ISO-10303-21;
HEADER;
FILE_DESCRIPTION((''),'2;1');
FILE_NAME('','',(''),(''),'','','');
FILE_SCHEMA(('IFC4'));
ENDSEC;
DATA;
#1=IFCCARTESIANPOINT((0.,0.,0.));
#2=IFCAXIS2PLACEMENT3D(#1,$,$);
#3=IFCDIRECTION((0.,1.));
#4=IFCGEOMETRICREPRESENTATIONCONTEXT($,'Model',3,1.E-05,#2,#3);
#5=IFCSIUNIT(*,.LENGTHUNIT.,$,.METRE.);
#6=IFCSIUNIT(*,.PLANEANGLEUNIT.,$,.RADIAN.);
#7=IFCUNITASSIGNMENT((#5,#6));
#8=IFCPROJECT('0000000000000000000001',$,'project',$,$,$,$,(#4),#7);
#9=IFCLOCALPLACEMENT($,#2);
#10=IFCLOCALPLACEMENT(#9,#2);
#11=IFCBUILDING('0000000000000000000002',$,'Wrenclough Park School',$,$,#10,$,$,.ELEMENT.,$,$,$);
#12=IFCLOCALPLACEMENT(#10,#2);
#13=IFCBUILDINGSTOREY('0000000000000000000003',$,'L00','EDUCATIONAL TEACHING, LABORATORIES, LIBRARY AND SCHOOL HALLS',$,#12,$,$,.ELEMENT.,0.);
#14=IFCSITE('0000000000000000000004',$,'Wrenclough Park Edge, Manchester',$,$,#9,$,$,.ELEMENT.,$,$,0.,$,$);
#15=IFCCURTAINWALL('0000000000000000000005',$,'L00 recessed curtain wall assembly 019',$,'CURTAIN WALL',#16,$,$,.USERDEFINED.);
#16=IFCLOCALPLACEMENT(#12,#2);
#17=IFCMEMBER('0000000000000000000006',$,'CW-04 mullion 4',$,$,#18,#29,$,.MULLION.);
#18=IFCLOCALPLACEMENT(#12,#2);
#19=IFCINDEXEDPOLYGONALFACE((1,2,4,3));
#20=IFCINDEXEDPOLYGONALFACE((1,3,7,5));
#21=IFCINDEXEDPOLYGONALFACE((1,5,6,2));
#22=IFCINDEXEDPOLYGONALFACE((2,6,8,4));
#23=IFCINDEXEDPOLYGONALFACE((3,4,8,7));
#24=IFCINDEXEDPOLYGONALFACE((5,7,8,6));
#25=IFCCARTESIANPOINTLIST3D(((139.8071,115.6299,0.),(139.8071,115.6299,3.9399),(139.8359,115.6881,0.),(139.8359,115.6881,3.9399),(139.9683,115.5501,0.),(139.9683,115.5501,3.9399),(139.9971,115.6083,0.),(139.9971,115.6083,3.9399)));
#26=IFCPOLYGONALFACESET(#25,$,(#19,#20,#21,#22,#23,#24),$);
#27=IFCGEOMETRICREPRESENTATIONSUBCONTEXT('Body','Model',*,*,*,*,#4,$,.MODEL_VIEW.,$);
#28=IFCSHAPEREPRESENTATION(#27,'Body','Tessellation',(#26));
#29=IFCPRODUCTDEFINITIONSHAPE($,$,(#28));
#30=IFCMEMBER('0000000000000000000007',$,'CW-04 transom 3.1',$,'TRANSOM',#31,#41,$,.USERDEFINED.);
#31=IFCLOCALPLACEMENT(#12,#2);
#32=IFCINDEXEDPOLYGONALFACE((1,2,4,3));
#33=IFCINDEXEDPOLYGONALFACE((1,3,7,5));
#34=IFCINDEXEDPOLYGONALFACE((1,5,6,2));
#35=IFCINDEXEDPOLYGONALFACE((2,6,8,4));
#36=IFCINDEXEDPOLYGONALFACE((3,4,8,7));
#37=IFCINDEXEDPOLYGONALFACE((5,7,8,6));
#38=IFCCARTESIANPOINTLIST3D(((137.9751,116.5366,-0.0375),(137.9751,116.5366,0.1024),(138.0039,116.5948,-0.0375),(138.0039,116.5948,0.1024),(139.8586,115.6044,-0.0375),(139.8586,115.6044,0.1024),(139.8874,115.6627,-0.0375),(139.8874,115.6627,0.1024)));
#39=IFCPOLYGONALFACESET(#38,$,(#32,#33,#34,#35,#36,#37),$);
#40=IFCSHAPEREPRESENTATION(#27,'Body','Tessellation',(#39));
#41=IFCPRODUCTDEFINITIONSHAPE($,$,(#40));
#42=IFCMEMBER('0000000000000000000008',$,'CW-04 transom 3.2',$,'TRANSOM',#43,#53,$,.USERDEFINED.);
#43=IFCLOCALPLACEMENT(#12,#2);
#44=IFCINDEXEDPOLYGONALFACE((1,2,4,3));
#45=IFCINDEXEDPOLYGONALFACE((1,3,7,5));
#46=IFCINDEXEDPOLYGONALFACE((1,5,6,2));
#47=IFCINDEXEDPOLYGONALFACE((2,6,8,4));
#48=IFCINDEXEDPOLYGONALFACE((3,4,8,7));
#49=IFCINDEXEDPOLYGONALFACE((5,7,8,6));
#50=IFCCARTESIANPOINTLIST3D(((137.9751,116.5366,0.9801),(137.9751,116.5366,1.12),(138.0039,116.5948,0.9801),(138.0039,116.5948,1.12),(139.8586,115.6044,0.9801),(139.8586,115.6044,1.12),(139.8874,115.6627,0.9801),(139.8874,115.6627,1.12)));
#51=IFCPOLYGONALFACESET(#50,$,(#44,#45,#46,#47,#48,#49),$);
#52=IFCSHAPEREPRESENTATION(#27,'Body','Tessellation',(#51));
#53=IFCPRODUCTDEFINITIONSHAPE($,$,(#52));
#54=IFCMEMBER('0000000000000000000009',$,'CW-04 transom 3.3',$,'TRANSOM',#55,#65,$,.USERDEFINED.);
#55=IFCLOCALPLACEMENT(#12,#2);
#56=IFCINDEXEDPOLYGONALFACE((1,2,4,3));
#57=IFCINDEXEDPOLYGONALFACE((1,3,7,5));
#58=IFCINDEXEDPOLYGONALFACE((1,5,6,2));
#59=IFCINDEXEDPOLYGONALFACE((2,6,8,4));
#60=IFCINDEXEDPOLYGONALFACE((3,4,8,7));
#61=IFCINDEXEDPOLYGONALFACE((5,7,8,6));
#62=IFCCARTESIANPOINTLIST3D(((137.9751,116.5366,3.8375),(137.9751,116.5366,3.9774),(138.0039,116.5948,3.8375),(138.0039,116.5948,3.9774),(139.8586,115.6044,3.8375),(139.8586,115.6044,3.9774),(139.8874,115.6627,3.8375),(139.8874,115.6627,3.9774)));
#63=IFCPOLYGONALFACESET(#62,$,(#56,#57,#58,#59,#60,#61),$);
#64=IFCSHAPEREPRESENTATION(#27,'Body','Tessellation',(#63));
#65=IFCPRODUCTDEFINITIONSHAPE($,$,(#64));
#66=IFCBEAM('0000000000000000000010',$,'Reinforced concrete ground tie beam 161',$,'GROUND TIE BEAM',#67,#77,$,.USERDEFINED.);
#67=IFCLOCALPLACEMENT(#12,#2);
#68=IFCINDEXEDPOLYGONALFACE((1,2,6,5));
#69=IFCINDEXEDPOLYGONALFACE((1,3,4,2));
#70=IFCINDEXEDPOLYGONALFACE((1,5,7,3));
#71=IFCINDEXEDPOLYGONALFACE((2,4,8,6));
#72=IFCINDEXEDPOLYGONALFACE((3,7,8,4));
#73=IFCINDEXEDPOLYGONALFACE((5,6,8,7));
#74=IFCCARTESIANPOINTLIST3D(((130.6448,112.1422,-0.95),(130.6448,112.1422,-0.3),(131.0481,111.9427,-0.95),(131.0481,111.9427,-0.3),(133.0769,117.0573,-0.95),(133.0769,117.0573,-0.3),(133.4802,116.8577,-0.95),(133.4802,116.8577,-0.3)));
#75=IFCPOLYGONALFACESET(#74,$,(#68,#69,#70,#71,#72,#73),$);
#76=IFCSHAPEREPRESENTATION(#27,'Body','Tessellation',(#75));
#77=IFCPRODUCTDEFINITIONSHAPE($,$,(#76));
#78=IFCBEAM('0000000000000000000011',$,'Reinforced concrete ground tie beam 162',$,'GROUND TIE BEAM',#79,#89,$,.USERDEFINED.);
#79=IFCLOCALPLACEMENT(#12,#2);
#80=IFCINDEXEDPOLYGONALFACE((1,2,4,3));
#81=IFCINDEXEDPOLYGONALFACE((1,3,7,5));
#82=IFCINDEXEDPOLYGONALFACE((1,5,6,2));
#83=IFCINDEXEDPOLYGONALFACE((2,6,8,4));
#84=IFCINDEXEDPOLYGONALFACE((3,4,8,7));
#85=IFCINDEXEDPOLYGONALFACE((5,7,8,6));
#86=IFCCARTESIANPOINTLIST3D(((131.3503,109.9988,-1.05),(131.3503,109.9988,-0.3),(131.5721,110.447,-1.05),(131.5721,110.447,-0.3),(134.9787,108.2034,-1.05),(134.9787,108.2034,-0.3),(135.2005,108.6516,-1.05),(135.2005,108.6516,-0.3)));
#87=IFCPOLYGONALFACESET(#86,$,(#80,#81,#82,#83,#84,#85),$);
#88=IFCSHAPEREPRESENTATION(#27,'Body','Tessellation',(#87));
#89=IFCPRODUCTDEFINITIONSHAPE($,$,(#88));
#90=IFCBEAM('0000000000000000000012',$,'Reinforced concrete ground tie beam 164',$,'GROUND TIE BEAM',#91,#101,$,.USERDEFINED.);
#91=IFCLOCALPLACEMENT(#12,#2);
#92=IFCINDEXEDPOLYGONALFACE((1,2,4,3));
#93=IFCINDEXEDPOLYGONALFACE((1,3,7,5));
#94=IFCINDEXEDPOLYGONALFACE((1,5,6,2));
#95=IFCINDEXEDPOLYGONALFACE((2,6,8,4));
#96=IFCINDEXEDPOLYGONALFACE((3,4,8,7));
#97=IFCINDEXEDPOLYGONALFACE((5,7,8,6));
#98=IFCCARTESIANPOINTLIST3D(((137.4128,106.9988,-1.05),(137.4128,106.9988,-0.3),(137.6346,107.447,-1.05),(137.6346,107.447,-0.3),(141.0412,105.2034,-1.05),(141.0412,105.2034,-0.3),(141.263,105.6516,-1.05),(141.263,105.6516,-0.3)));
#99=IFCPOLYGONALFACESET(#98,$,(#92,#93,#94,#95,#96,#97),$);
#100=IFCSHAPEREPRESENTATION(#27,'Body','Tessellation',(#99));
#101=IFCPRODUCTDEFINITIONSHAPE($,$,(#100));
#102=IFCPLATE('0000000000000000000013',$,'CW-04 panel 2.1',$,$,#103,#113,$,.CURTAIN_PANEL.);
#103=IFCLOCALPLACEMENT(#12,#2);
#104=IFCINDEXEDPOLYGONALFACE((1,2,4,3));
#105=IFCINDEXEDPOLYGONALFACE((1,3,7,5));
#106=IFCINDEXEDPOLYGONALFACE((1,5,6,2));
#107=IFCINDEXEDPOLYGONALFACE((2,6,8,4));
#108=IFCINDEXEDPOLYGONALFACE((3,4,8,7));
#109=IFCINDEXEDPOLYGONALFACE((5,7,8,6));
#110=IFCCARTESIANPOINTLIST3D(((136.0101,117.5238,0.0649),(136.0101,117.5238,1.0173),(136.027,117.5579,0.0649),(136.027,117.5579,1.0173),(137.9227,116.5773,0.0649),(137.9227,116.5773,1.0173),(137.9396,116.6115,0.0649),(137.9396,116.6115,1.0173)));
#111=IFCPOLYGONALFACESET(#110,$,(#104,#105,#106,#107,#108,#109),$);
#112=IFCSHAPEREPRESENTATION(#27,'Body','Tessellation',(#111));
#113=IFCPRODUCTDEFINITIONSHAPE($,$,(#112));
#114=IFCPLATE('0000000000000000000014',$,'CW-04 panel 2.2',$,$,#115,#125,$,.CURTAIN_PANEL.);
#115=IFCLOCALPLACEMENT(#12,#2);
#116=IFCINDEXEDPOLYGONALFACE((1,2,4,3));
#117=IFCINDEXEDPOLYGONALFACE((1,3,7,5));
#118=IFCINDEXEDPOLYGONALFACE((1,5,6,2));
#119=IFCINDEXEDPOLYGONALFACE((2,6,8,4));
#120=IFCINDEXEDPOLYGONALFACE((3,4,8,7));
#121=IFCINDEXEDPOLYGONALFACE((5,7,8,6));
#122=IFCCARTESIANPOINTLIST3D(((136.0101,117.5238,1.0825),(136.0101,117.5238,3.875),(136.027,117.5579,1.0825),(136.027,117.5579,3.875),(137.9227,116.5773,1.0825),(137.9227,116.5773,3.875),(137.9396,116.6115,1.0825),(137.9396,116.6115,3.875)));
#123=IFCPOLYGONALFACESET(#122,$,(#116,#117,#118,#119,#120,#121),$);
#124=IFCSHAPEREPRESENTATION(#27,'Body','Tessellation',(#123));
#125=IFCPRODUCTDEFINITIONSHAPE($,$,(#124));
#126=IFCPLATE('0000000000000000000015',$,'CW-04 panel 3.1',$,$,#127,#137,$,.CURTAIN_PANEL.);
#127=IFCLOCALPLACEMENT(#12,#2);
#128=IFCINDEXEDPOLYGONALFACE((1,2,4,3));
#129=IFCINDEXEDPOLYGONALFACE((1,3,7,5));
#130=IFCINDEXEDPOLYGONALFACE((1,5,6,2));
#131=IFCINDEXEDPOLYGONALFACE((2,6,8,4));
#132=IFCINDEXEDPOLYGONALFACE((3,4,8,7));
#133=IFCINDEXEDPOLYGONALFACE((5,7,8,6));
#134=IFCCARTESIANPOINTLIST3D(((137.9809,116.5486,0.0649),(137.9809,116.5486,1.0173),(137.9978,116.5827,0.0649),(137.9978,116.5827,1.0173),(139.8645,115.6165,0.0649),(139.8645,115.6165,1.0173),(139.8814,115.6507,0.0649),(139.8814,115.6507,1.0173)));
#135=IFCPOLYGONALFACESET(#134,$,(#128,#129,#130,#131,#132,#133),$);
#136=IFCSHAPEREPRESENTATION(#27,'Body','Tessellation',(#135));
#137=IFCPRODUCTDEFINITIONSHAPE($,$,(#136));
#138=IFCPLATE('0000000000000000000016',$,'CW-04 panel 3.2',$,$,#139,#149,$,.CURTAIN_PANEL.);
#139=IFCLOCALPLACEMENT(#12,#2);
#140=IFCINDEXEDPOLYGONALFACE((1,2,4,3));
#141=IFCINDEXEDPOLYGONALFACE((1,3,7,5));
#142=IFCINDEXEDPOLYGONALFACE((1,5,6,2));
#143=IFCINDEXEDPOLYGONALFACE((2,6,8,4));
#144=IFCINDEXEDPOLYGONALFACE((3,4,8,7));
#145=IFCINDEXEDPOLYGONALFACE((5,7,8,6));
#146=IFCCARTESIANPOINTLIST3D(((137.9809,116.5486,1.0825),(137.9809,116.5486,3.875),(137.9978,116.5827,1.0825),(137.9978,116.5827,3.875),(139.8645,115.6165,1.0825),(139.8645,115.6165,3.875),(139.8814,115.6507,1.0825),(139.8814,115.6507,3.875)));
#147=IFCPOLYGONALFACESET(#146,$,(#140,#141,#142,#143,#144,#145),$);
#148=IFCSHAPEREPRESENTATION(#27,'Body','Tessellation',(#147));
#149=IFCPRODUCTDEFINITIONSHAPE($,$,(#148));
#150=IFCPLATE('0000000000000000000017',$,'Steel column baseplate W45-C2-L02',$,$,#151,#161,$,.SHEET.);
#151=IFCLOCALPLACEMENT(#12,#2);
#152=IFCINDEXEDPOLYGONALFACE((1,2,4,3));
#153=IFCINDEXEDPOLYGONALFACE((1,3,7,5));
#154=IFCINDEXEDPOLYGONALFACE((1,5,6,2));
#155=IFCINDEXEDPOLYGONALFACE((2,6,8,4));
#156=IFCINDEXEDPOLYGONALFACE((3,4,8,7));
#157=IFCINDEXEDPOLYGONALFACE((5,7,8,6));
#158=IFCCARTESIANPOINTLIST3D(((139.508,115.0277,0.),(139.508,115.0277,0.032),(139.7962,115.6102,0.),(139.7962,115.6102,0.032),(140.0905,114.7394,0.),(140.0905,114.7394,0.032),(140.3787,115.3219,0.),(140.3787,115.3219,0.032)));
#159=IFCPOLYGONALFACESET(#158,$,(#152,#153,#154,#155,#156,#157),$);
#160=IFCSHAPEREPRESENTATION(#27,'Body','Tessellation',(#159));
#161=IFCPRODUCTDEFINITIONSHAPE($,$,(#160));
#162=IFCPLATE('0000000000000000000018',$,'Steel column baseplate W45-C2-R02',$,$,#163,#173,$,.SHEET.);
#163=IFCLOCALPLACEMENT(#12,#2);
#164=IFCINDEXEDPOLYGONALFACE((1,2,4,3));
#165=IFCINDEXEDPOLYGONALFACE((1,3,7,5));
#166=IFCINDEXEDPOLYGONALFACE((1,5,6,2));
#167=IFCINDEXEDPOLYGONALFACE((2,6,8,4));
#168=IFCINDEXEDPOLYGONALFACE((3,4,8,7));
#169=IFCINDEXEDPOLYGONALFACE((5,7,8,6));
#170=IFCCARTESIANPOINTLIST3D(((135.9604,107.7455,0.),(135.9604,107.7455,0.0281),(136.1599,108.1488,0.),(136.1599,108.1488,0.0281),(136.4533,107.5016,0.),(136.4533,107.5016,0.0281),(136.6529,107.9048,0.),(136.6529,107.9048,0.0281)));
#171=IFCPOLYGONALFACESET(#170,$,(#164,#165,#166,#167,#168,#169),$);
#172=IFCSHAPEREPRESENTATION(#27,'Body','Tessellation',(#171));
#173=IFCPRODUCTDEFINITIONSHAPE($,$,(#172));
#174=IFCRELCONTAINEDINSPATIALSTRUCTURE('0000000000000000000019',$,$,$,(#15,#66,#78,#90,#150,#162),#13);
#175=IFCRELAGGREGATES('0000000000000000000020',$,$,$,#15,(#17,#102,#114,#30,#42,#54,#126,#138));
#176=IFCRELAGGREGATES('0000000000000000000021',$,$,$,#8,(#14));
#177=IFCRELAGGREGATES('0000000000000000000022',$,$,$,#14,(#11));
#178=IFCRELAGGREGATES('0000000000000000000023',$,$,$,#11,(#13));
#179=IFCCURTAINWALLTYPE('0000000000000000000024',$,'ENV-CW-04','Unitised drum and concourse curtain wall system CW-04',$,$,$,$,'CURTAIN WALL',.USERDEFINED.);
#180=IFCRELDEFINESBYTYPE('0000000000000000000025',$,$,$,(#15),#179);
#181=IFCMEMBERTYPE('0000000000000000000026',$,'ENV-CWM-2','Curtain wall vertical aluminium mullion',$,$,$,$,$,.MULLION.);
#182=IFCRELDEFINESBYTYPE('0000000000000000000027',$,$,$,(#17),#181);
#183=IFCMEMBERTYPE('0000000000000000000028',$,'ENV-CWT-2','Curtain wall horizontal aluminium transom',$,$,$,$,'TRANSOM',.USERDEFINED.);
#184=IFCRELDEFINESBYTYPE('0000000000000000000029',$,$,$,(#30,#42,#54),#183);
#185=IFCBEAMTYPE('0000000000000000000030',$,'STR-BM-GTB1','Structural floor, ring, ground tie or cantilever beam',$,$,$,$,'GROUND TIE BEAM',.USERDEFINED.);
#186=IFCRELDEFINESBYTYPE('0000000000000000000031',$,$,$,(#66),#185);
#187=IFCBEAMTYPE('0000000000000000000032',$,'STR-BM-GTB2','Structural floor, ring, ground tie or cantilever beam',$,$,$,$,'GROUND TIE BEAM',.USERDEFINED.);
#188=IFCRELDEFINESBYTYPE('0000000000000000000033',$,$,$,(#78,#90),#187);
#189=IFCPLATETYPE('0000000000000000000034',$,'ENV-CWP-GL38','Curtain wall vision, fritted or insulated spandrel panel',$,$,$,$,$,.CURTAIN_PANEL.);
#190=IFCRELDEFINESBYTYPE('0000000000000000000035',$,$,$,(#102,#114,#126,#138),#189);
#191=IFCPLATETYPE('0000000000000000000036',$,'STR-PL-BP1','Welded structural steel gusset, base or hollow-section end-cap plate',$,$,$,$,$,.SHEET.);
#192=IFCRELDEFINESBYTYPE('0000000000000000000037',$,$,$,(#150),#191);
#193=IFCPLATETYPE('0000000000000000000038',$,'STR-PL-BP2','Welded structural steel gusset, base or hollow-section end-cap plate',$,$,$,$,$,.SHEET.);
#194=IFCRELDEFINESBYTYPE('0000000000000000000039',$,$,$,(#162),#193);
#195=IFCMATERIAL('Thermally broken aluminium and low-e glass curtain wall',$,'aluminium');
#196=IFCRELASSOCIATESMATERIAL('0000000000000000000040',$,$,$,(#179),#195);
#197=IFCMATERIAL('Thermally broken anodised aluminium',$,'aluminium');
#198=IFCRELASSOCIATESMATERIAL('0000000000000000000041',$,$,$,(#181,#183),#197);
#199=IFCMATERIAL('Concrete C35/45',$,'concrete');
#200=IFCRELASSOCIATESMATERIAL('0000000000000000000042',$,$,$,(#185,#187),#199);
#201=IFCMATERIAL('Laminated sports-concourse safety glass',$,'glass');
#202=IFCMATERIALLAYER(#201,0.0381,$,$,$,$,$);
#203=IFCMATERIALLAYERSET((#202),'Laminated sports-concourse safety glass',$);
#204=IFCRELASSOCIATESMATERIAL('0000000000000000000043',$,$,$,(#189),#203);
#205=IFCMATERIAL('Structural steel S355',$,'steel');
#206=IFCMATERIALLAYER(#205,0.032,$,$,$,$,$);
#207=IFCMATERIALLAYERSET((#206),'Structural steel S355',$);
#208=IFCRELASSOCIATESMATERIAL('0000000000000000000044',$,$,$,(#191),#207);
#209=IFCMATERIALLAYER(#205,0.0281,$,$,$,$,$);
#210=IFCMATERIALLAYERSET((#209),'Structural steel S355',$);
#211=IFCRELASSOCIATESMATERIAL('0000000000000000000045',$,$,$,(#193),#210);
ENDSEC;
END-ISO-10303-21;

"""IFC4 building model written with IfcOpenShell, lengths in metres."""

from ifc_helpers import new_model, si_unit, direction, frame, origin, origin_2d, place, context, subcontext, project, spatial, rectangle, extrude, material, layer, layer_set, material_profile, profile_set, type_object, element, aggregate, save


model = new_model("IFC4")

# Units and contexts
model_context = context("Model", 3, precision=1e-05, world=origin(), true_north=direction((0.0, 1.0)))
body_context = subcontext(model_context, "Body", "Model", "MODEL_VIEW")
ifc_project = project(units=[si_unit("LENGTHUNIT", "METRE"), si_unit("PLANEANGLEUNIT", "RADIAN")], contexts=[model_context])

# Site, building, storey
site_placement = place(None, origin())
site = spatial("IfcSite", under=ifc_project, at=site_placement, Name="Wrenclough Park Edge, Manchester", CompositionType="ELEMENT", RefElevation=0.0)
building_placement = place(site_placement, origin())
building = spatial("IfcBuilding", under=site, at=building_placement, Name="Wrenclough Park School", CompositionType="ELEMENT")
storey_placement = place(building_placement, origin())
storey = spatial("IfcBuildingStorey", under=building, at=storey_placement, Name="L00", Description="EDUCATIONAL TEACHING, LABORATORIES, LIBRARY AND SCHOOL HALLS", CompositionType="ELEMENT", Elevation=0.0)

# Shared definitions
ifc_material_1 = material(Name="Concrete C35/45", Category="concrete")

# Shared definitions
ifc_material_2 = material(Name="Structural steel S355", Category="steel")

# Curtain wall, members
ifc_material_3 = material(Name="Thermally broken aluminium and low-e glass curtain wall", Category="aluminium")
curtain_wall_type = type_object("IfcCurtainWallType", Name="ENV-CW-04", Description="Unitised drum and concourse curtain wall system CW-04", ElementType="CURTAIN WALL", PredefinedType="USERDEFINED", material=ifc_material_3)
curtain_wall_placement = place(storey_placement, origin())
curtain_wall = element("IfcCurtainWall", 1, at=curtain_wall_placement, inside=storey, type_object=curtain_wall_type, Name="L00 recessed curtain wall assembly 019", ObjectType="CURTAIN WALL", PredefinedType="USERDEFINED")
ifc_material_4 = material(Name="Thermally broken anodised aluminium", Category="aluminium")
ifc_material_profile_1 = material_profile(ifc_material_4, rectangle(XDim=0.0649, YDim=0.1799, at=origin_2d()), Name="AL MULLION 65x180")
ifc_profile_set_1 = profile_set([ifc_material_profile_1], Name="Thermally broken anodised aluminium")
member_type_1 = type_object("IfcMemberType", Name="ENV-CWM-2", Description="Curtain wall vertical aluminium mullion", PredefinedType="MULLION", material=ifc_profile_set_1)
member_1_placement = place(storey_placement, frame((139.9021, 115.6191, 0.0), z_axis=(0.0, 0.0, 1.0), x_axis=(0.443499, 0.896275, 0.0)))
member_1 = element("IfcMember", 2, at=member_1_placement, type_object=member_type_1, Name="CW-04 mullion 4", PredefinedType="MULLION", context=body_context, shape_type="SweptSolid", body=[
    extrude(rectangle(XDim=0.0649, YDim=0.1799, at=origin_2d()), origin(), (0.0, 0.0, 1.0), 3.9399),
])
ifc_material_profile_2 = material_profile(ifc_material_4, rectangle(XDim=0.0649, YDim=0.1399, at=origin_2d()), Name="AL TRANSOM 65x140")
ifc_profile_set_2 = profile_set([ifc_material_profile_2], Name="Thermally broken anodised aluminium")
member_type_2 = type_object("IfcMemberType", Name="ENV-CWT-2", Description="Curtain wall horizontal aluminium transom", ElementType="TRANSOM", PredefinedType="USERDEFINED", material=ifc_profile_set_2)
member_2_placement = place(storey_placement, frame((137.9895, 116.5657, 0.0325), z_axis=(0.896255, -0.443539, 0.0), x_axis=(0.443539, 0.896255, 0.0)))
member_2 = element("IfcMember", 3, at=member_2_placement, type_object=member_type_2, Name="CW-04 transom 3.1", ObjectType="TRANSOM", PredefinedType="USERDEFINED", context=body_context, shape_type="SweptSolid", body=[
    extrude(rectangle(XDim=0.0649, YDim=0.1399, at=origin_2d()), origin(), (0.0, 0.0, 1.0), 2.1016),
])
member_3_placement = place(storey_placement, frame((137.9895, 116.5657, 1.05), z_axis=(0.896255, -0.443539, 0.0), x_axis=(0.443539, 0.896255, 0.0)))
member_3 = element("IfcMember", 4, at=member_3_placement, type_object=member_type_2, Name="CW-04 transom 3.2", ObjectType="TRANSOM", PredefinedType="USERDEFINED", context=body_context, shape_type="SweptSolid", body=[
    extrude(rectangle(XDim=0.0649, YDim=0.1399, at=origin_2d()), origin(), (0.0, 0.0, 1.0), 2.1016),
])
member_4_placement = place(storey_placement, frame((137.9895, 116.5657, 3.9075), z_axis=(0.896255, -0.443539, 0.0), x_axis=(0.443539, 0.896255, 0.0)))
member_4 = element("IfcMember", 5, at=member_4_placement, type_object=member_type_2, Name="CW-04 transom 3.3", ObjectType="TRANSOM", PredefinedType="USERDEFINED", context=body_context, shape_type="SweptSolid", body=[
    extrude(rectangle(XDim=0.0649, YDim=0.1399, at=origin_2d()), origin(), (0.0, 0.0, 1.0), 2.1016),
])

# Beams
ifc_material_profile_3 = material_profile(ifc_material_1, rectangle(XDim=0.45, YDim=0.6499, at=origin_2d()), Name="RC GROUND 450x650")
ifc_profile_set_3 = profile_set([ifc_material_profile_3], Name="Concrete C35/45")
beam_type_1 = type_object("IfcBeamType", Name="STR-BM-GTB1", Description="Structural floor, ring, ground tie or cantilever beam", ElementType="GROUND TIE BEAM", PredefinedType="USERDEFINED", material=ifc_profile_set_3)
beam_placement = place(storey_placement, frame((133.2786, 116.9575, -0.625), z_axis=(-0.443506, -0.896272, 0.0), x_axis=(0.896272, -0.443506, 0.0)))
element("IfcBeam", 6, at=beam_placement, inside=storey, type_object=beam_type_1, Name="Reinforced concrete ground tie beam 161", ObjectType="GROUND TIE BEAM", PredefinedType="USERDEFINED", context=body_context, shape_type="SweptSolid", body=[
    extrude(rectangle(XDim=0.45, YDim=0.6499, at=origin_2d()), origin(), (0.0, 0.0, 1.0), 5.4839),
])
ifc_material_profile_4 = material_profile(ifc_material_1, rectangle(XDim=0.5, YDim=0.75, at=origin_2d()), Name="RC GROUND 500x750")
ifc_profile_set_4 = profile_set([ifc_material_profile_4], Name="Concrete C35/45")
beam_type_2 = type_object("IfcBeamType", Name="STR-BM-GTB2", Description="Structural floor, ring, ground tie or cantilever beam", ElementType="GROUND TIE BEAM", PredefinedType="USERDEFINED", material=ifc_profile_set_4)
for number, where, z_axis, x_axis, name in (
    (7, (131.4612, 110.2229, -0.675), (0.896277, -0.443495, 0.0), (0.443495, 0.896277, 0.0), "Reinforced concrete ground tie beam 162"),
    (8, (137.5237, 107.2229, -0.675), (0.896277, -0.443495, 0.0), (0.443495, 0.896277, 0.0), "Reinforced concrete ground tie beam 164"),
):
    element("IfcBeam", number, at=place(storey_placement, frame(where, z_axis=z_axis, x_axis=x_axis)), inside=storey, type_object=beam_type_2, Name=name, ObjectType="GROUND TIE BEAM", PredefinedType="USERDEFINED", context=body_context, shape_type="SweptSolid", body=[
        extrude(rectangle(XDim=0.5, YDim=0.75, at=origin_2d()), origin(), (0.0, 0.0, 1.0), 4.0483),
    ])

# Plates
ifc_material_5 = material(Name="Laminated sports-concourse safety glass", Category="glass")
ifc_layer_1 = layer(ifc_material_5, 0.0381)
ifc_layer_set_1 = layer_set([ifc_layer_1], Name="Laminated sports-concourse safety glass")
plate_type_1 = type_object("IfcPlateType", Name="ENV-CWP-GL38", Description="Curtain wall vision, fritted or insulated spandrel panel", PredefinedType="CURTAIN_PANEL", material=ifc_layer_set_1)
plate_1_placement = place(storey_placement, frame((136.9749, 117.0676, 0.0649), z_axis=(0.0, 0.0, 1.0), x_axis=(0.896275, -0.443499, 0.0)))
plate_1 = element("IfcPlate", 9, at=plate_1_placement, type_object=plate_type_1, Name="CW-04 panel 2.1", PredefinedType="CURTAIN_PANEL", context=body_context, shape_type="SweptSolid", body=[
    extrude(rectangle(XDim=2.134, YDim=0.0381, at=origin_2d()), origin(), (0.0, 0.0, 1.0), 0.9524),
])
plate_2_placement = place(storey_placement, frame((136.9749, 117.0676, 1.0825), z_axis=(0.0, 0.0, 1.0), x_axis=(0.896275, -0.443499, 0.0)))
plate_2 = element("IfcPlate", 10, at=plate_2_placement, type_object=plate_type_1, Name="CW-04 panel 2.2", PredefinedType="CURTAIN_PANEL", context=body_context, shape_type="SweptSolid", body=[
    extrude(rectangle(XDim=2.134, YDim=0.0381, at=origin_2d()), origin(), (0.0, 0.0, 1.0), 2.7925),
])
plate_3_placement = place(storey_placement, frame((138.9312, 116.0996, 0.0649), z_axis=(0.0, 0.0, 1.0), x_axis=(0.896275, -0.443499, 0.0)))
plate_3 = element("IfcPlate", 11, at=plate_3_placement, type_object=plate_type_1, Name="CW-04 panel 3.1", PredefinedType="CURTAIN_PANEL", context=body_context, shape_type="SweptSolid", body=[
    extrude(rectangle(XDim=2.1016, YDim=0.0381, at=origin_2d()), origin(), (0.0, 0.0, 1.0), 0.9524),
])
plate_4_placement = place(storey_placement, frame((138.9312, 116.0996, 1.0825), z_axis=(0.0, 0.0, 1.0), x_axis=(0.896275, -0.443499, 0.0)))
plate_4 = element("IfcPlate", 12, at=plate_4_placement, type_object=plate_type_1, Name="CW-04 panel 3.2", PredefinedType="CURTAIN_PANEL", context=body_context, shape_type="SweptSolid", body=[
    extrude(rectangle(XDim=2.1016, YDim=0.0381, at=origin_2d()), origin(), (0.0, 0.0, 1.0), 2.7925),
])
aggregate(curtain_wall, [member_1, plate_1, plate_2, member_2, member_3, member_4, plate_3, plate_4])

# Plates
ifc_layer_2 = layer(ifc_material_2, 0.032)
ifc_layer_set_2 = layer_set([ifc_layer_2], Name="Structural steel S355")
plate_type_2 = type_object("IfcPlateType", Name="STR-PL-BP1", Description="Welded structural steel gusset, base or hollow-section end-cap plate", PredefinedType="SHEET", material=ifc_layer_set_2)
plate_5_placement = place(storey_placement, frame((139.9434, 115.1748, 0.0), z_axis=(0.0, 0.0, 1.0), x_axis=(0.896254, -0.443541, 0.0)))
element("IfcPlate", 13, at=plate_5_placement, inside=storey, type_object=plate_type_2, Name="Steel column baseplate W45-C2-L02", PredefinedType="SHEET", context=body_context, shape_type="SweptSolid", body=[
    extrude(rectangle(XDim=0.6499, YDim=0.6499, at=origin_2d()), origin(), (0.0, 0.0, 1.0), 0.032),
])
ifc_layer_3 = layer(ifc_material_2, 0.0281)
ifc_layer_set_3 = layer_set([ifc_layer_3], Name="Structural steel S355")
plate_type_3 = type_object("IfcPlateType", Name="STR-PL-BP2", Description="Welded structural steel gusset, base or hollow-section end-cap plate", PredefinedType="SHEET", material=ifc_layer_set_3)
plate_6_placement = place(storey_placement, frame((136.3066, 107.8252, 0.0), z_axis=(0.0, 0.0, 1.0), x_axis=(0.896254, -0.443541, 0.0)))
element("IfcPlate", 14, at=plate_6_placement, inside=storey, type_object=plate_type_3, Name="Steel column baseplate W45-C2-R02", PredefinedType="SHEET", context=body_context, shape_type="SweptSolid", body=[
    extrude(rectangle(XDim=0.55, YDim=0.45, at=origin_2d()), origin(), (0.0, 0.0, 1.0), 0.0281),
])

save(model, "model.ifc")
